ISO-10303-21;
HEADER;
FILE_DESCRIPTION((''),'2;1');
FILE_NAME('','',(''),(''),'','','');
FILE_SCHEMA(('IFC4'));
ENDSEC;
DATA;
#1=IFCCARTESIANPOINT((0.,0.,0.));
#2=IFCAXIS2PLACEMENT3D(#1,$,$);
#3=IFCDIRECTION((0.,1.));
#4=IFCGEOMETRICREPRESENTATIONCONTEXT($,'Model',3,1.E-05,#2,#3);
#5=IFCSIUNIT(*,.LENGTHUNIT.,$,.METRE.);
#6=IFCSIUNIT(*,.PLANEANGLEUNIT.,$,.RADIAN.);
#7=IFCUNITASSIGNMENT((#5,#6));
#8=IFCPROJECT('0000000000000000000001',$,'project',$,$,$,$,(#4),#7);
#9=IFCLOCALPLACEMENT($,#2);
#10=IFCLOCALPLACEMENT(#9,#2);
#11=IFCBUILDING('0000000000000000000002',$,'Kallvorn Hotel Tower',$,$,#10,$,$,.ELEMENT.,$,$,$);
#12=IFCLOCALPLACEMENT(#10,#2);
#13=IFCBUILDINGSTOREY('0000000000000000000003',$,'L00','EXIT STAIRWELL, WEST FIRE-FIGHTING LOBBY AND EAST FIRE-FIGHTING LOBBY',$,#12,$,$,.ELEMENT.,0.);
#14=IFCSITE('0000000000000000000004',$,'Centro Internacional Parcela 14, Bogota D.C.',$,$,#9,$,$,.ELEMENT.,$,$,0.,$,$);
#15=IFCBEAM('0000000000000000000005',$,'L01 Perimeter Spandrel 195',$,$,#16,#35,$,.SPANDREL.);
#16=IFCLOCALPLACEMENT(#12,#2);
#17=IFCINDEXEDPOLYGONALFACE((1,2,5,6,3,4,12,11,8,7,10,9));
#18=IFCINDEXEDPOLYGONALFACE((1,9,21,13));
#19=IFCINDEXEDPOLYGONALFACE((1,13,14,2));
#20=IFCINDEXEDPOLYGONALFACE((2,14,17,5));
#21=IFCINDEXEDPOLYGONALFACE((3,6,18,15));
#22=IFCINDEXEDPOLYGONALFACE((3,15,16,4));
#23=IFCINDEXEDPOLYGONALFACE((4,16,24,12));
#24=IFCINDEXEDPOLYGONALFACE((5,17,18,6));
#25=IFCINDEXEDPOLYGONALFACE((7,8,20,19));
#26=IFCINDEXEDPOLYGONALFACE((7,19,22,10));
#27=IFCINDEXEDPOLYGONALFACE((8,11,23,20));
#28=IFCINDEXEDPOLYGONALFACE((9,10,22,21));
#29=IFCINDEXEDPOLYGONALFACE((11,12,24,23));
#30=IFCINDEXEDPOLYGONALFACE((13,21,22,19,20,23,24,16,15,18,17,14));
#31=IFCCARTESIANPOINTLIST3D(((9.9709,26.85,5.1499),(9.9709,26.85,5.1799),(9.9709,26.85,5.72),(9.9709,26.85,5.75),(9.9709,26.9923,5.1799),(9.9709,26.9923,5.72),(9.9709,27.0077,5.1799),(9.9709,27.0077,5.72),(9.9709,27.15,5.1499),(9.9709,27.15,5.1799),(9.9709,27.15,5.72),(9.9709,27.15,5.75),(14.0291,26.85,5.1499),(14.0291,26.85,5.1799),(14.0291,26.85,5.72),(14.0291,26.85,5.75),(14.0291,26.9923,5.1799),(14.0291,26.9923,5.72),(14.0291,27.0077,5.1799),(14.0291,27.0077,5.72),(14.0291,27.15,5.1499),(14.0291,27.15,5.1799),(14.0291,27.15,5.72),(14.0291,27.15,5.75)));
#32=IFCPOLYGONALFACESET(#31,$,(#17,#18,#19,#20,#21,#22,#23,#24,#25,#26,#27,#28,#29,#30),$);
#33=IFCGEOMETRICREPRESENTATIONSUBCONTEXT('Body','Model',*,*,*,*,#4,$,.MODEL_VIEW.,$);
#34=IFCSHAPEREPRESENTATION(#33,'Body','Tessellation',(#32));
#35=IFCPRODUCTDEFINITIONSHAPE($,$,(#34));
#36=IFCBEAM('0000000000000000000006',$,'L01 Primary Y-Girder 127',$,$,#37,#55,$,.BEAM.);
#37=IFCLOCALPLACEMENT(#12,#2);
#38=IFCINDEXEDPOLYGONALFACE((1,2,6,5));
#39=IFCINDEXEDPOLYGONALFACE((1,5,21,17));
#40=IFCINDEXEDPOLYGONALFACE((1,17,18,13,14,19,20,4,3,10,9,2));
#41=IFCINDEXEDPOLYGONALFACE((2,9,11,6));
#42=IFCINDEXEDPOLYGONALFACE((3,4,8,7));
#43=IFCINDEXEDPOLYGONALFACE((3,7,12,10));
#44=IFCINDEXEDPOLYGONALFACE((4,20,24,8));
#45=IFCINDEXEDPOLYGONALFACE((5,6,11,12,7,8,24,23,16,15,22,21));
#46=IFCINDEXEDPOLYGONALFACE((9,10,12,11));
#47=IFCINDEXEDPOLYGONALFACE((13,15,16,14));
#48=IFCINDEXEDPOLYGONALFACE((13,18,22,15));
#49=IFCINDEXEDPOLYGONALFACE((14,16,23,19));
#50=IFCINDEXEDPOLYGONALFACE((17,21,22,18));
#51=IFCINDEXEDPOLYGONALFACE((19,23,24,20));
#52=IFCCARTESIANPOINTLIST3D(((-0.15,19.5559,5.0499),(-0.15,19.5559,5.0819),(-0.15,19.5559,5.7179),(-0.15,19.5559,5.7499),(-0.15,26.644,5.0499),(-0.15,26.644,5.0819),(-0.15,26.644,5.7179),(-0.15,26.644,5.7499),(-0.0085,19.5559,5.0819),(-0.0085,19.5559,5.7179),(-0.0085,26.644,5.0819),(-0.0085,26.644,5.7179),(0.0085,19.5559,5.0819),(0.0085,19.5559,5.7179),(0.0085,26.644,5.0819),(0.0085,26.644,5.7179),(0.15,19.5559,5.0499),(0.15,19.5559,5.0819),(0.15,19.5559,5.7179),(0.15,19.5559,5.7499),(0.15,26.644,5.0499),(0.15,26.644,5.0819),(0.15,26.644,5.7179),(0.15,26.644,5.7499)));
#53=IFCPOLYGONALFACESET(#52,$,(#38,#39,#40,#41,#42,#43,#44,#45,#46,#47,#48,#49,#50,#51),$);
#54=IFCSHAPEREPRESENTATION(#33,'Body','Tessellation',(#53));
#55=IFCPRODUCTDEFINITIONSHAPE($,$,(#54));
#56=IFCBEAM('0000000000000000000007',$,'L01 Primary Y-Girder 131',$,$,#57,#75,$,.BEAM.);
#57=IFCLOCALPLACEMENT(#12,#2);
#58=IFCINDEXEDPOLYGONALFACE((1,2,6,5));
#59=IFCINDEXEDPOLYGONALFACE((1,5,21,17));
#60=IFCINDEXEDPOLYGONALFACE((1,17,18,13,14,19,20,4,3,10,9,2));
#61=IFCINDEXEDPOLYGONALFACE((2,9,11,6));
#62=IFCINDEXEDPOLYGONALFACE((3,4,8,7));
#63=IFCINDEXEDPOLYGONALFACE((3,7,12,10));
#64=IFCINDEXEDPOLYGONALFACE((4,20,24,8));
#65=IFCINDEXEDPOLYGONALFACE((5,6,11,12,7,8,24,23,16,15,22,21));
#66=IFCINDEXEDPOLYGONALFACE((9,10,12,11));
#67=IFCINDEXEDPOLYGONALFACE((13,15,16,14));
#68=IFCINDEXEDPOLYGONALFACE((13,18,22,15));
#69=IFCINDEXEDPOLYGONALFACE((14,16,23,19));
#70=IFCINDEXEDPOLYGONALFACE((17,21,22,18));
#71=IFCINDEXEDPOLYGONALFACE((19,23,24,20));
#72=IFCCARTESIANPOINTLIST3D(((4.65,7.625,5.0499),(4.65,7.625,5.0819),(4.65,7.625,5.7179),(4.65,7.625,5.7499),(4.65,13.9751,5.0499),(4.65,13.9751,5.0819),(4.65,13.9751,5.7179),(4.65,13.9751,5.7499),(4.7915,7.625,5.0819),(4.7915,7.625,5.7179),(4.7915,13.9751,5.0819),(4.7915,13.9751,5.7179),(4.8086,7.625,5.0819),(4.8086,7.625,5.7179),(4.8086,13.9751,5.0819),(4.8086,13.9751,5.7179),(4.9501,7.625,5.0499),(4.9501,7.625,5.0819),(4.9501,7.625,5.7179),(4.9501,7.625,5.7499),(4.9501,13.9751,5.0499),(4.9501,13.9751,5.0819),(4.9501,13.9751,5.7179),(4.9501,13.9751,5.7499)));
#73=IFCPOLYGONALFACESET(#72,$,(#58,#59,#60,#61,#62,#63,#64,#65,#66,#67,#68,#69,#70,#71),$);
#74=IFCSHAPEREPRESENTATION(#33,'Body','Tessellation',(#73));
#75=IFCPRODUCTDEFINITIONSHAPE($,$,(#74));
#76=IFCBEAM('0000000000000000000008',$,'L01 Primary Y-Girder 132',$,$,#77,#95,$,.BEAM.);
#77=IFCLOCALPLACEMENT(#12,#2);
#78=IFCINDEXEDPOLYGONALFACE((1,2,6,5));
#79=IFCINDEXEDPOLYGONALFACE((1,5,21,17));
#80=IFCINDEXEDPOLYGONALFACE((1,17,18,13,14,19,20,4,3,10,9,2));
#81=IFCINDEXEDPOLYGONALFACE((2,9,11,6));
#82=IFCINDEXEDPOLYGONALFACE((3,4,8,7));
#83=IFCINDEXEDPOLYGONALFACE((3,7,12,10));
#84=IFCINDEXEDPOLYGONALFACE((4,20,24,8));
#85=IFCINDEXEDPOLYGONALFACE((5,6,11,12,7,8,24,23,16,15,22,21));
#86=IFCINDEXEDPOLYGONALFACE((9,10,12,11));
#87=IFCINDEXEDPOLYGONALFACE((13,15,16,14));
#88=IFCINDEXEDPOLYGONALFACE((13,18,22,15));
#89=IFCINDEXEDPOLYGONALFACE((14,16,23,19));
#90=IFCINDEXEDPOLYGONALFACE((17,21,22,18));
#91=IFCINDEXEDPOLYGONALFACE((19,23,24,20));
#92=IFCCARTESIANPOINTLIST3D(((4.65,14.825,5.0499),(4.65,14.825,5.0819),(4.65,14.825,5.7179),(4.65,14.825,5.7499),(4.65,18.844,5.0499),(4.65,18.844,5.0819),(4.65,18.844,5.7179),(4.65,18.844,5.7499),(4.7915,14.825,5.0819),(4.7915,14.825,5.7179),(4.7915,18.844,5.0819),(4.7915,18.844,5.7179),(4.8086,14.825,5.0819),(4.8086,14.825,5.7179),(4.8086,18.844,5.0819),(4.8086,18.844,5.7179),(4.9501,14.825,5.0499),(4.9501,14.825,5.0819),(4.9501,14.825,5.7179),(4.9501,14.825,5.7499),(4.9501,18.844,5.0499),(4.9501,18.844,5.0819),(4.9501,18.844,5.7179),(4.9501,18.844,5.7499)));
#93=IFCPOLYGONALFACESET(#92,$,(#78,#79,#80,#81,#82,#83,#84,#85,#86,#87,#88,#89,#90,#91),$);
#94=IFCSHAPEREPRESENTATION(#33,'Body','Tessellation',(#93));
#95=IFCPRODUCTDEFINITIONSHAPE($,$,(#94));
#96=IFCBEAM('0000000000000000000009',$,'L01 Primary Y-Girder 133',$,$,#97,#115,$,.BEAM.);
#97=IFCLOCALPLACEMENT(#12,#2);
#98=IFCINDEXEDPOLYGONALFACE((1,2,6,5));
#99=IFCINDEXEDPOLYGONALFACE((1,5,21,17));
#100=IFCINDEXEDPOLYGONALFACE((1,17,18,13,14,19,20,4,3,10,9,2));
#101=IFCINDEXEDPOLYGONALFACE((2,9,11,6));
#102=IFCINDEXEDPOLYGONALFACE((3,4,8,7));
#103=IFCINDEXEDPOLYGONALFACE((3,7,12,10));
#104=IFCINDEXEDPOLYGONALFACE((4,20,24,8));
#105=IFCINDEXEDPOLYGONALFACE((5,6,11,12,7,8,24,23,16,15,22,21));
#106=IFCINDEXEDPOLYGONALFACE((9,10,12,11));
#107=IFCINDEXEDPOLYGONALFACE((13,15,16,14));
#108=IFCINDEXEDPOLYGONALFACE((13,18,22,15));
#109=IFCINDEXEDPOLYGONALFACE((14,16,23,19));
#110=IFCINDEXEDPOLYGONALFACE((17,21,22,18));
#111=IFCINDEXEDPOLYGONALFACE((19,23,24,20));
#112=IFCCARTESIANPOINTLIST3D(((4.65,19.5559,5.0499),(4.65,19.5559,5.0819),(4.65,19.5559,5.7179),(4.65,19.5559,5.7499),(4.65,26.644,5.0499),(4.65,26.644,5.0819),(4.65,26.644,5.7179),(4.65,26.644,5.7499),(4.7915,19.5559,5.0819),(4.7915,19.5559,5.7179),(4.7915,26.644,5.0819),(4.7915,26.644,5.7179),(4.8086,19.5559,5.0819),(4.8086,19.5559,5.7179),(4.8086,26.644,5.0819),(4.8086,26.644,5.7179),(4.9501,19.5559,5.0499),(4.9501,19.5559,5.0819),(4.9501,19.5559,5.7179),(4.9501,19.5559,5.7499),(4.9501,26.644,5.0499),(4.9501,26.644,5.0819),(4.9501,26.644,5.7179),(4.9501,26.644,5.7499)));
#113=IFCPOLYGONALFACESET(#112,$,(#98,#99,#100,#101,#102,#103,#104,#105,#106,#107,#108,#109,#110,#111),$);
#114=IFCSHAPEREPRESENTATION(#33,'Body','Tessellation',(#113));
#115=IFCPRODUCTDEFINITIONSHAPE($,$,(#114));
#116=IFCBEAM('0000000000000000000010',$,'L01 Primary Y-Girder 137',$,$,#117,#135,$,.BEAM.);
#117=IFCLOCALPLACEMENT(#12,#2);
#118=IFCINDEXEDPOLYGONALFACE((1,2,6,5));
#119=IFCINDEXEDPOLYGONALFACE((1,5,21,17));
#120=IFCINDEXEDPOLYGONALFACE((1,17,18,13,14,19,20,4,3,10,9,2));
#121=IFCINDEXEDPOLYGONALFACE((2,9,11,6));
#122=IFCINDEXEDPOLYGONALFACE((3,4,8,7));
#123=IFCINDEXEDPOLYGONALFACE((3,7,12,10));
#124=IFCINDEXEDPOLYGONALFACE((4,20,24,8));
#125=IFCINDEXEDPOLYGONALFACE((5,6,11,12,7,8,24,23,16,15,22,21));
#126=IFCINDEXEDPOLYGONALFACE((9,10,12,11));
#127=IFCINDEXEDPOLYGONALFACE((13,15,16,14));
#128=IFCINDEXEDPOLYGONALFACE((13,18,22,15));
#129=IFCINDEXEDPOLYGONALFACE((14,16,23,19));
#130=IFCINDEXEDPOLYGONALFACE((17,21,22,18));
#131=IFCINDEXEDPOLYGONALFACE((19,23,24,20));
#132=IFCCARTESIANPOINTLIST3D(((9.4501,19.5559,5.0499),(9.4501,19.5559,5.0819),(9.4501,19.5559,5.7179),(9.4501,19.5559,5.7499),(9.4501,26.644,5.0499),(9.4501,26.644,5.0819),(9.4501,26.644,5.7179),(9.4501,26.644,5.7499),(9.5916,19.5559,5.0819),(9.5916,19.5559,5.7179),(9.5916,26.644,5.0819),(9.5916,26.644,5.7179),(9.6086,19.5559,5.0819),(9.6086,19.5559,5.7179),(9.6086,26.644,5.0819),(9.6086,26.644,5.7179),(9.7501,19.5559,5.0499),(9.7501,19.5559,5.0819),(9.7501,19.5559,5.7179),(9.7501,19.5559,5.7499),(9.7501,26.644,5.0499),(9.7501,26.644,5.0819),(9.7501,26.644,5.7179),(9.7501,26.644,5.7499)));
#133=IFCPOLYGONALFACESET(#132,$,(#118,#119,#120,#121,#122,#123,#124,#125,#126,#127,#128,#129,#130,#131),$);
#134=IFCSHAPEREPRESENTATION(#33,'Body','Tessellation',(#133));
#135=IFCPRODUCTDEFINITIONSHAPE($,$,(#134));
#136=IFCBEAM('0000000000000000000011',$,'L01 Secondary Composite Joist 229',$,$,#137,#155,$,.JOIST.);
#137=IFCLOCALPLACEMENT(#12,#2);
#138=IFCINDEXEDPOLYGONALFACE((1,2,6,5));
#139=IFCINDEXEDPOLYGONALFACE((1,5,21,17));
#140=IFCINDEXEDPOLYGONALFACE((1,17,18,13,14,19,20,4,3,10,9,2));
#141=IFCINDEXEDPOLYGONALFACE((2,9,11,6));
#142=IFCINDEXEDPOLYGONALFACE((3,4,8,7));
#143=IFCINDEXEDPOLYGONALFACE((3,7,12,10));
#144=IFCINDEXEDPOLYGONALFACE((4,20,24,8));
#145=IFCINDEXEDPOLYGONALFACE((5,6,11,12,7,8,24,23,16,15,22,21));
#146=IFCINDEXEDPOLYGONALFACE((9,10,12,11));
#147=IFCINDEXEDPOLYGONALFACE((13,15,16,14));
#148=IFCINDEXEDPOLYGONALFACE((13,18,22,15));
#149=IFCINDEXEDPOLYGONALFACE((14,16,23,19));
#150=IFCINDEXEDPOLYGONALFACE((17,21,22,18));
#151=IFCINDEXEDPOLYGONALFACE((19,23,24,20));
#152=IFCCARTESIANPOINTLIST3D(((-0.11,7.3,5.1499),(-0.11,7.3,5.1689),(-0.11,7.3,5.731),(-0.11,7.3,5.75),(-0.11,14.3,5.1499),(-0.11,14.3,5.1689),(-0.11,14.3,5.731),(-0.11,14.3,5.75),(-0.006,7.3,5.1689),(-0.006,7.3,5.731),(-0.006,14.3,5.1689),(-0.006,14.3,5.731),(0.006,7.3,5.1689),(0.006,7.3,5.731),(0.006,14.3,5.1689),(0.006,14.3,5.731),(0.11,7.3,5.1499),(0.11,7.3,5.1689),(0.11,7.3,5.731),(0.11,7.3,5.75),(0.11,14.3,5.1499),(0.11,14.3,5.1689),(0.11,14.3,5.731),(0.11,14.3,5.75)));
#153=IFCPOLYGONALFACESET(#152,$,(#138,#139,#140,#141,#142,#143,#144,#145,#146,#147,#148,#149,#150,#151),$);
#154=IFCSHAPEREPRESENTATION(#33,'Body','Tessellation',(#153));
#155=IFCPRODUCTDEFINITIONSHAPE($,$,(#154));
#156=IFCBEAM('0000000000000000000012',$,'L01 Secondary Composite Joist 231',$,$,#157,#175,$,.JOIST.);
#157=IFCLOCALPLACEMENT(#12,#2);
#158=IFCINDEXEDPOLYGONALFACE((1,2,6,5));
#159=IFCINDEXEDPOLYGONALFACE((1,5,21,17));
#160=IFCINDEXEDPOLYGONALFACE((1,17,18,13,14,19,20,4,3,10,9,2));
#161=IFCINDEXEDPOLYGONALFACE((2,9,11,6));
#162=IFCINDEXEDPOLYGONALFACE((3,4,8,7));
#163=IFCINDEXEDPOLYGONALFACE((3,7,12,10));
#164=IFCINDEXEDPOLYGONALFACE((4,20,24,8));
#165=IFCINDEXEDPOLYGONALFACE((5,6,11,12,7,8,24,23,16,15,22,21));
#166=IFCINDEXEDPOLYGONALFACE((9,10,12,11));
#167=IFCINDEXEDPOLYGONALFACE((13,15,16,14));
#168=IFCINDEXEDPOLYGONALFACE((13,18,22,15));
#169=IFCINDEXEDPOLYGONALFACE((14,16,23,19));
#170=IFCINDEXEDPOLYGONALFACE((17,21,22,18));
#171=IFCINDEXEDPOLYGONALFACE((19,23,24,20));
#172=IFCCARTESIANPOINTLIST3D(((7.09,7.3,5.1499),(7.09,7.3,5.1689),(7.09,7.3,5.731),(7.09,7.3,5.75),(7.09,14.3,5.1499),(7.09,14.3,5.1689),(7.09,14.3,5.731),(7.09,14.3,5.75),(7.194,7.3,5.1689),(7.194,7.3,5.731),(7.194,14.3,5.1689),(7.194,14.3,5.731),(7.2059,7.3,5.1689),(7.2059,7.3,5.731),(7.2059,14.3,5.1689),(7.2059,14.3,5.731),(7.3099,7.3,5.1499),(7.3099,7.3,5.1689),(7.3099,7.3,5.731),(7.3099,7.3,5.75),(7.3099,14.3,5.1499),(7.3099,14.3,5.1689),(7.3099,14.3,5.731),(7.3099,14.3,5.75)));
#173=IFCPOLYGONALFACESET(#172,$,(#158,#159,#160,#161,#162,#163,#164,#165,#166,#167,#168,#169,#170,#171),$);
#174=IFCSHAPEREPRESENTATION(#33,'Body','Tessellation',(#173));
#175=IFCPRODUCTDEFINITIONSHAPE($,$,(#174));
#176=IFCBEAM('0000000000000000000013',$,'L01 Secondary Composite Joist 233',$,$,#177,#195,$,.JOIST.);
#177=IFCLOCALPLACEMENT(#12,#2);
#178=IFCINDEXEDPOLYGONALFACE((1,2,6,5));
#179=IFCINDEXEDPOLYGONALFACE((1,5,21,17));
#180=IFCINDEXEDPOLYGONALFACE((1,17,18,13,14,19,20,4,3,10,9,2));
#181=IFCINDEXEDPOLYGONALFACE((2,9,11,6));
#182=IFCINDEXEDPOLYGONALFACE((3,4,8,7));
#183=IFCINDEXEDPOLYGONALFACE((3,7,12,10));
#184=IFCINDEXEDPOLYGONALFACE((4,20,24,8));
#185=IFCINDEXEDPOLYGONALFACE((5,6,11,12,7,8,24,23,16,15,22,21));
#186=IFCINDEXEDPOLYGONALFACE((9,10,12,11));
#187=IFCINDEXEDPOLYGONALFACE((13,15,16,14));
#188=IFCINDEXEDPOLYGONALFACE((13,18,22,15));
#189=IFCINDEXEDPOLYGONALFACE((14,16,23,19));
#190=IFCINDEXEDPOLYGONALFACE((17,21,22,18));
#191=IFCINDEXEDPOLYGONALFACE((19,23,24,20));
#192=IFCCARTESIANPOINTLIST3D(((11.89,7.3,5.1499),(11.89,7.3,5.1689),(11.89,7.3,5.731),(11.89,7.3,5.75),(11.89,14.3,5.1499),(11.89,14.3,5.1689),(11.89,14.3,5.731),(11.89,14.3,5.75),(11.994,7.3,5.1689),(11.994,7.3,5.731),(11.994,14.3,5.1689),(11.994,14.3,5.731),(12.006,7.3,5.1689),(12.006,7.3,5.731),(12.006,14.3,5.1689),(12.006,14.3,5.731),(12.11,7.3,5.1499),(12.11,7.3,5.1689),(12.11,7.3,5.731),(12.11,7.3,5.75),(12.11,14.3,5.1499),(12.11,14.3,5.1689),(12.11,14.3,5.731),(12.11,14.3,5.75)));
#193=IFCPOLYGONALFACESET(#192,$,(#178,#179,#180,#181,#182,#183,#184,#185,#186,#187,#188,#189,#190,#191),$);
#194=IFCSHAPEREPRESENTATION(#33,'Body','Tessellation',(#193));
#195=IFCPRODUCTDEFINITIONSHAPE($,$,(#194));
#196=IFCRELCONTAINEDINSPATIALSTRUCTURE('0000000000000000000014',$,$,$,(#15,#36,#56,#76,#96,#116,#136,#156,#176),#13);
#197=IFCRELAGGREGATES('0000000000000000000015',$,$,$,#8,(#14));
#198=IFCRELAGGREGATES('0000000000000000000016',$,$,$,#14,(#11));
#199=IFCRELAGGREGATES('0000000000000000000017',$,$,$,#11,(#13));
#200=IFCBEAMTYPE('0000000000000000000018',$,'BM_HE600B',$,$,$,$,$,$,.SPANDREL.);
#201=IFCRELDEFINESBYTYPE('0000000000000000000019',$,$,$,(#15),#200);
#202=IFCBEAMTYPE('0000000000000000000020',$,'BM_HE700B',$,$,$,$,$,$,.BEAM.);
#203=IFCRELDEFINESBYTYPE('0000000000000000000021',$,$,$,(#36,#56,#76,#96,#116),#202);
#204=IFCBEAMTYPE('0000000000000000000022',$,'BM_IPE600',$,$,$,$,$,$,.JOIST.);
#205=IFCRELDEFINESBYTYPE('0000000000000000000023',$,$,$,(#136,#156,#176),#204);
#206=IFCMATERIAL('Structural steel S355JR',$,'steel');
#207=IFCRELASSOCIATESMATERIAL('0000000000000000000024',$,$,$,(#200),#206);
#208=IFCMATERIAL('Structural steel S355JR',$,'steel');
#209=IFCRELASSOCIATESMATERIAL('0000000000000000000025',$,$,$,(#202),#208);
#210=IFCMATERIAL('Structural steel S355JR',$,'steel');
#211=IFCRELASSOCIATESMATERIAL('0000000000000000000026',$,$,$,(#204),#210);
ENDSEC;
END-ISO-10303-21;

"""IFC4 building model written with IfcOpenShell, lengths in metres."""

from ifc_helpers import new_model, si_unit, direction, frame, origin, origin_2d, place, context, subcontext, project, spatial, i_section, extrude, material, material_profile, profile_set, type_object, element, save


model = new_model("IFC4")

# Units and contexts
model_context = context("Model", 3, precision=1e-05, world=origin(), true_north=direction((0.0, 1.0)))
body_context = subcontext(model_context, "Body", "Model", "MODEL_VIEW")
ifc_project = project(units=[si_unit("LENGTHUNIT", "METRE"), si_unit("PLANEANGLEUNIT", "RADIAN")], contexts=[model_context])

# Site, building, storey
site_placement = place(None, origin())
site = spatial("IfcSite", under=ifc_project, at=site_placement, Name="Centro Internacional Parcela 14, Bogota D.C.", CompositionType="ELEMENT", RefElevation=0.0)
building_placement = place(site_placement, origin())
building = spatial("IfcBuilding", under=site, at=building_placement, Name="Kallvorn Hotel Tower", CompositionType="ELEMENT")
storey_placement = place(building_placement, origin())
storey = spatial("IfcBuildingStorey", under=building, at=storey_placement, Name="L00", Description="EXIT STAIRWELL, WEST FIRE-FIGHTING LOBBY AND EAST FIRE-FIGHTING LOBBY", CompositionType="ELEMENT", Elevation=0.0)

# Beams
ifc_material_1 = material(Name="Structural steel S355JR", Category="steel")
ifc_material_profile_1 = material_profile(ifc_material_1, i_section(OverallWidth=0.3, OverallDepth=0.6001, WebThickness=0.0154, FlangeThickness=0.03, at=origin_2d()), Name="HE 600 B")
ifc_profile_set_1 = profile_set([ifc_material_profile_1], Name="Structural steel S355JR")
beam_type_1 = type_object("IfcBeamType", Name="BM_HE600B", PredefinedType="SPANDREL", material=ifc_profile_set_1)
for number, where, z_axis, x_axis, name in (
    (1, (9.9709, 27.0, 5.45), (1.0, 0.0, 0.0), (0.0, 1.0, 0.0), "L01 Perimeter Spandrel 195"),
):
    element("IfcBeam", number, at=place(storey_placement, frame(where, z_axis=z_axis, x_axis=x_axis)), inside=storey, type_object=beam_type_1, Name=name, PredefinedType="SPANDREL", context=body_context, shape_type="SweptSolid", body=[
        extrude(i_section(OverallWidth=0.3, OverallDepth=0.6001, WebThickness=0.0154, FlangeThickness=0.03, at=origin_2d()), origin(), (0.0, 0.0, 1.0), 4.0581),
    ])
ifc_material_2 = material(Name="Structural steel S355JR", Category="steel")
ifc_material_profile_2 = material_profile(ifc_material_2, i_section(OverallWidth=0.3, OverallDepth=0.7, WebThickness=0.0171, FlangeThickness=0.032, at=origin_2d()), Name="HE 700 B")
ifc_profile_set_2 = profile_set([ifc_material_profile_2], Name="Structural steel S355JR")
beam_type_2 = type_object("IfcBeamType", Name="BM_HE700B", PredefinedType="BEAM", material=ifc_profile_set_2)
beam_1_placement = place(storey_placement, frame((0.0, 19.5559, 5.3999), z_axis=(0.0, 1.0, 0.0), x_axis=(-1.0, 0.0, 0.0)))
element("IfcBeam", 2, at=beam_1_placement, inside=storey, type_object=beam_type_2, Name="L01 Primary Y-Girder 127", PredefinedType="BEAM", context=body_context, shape_type="SweptSolid", body=[
    extrude(i_section(OverallWidth=0.3, OverallDepth=0.7, WebThickness=0.0171, FlangeThickness=0.032, at=origin_2d()), origin(), (0.0, 0.0, 1.0), 7.0881),
])
beam_2_placement = place(storey_placement, frame((4.8, 7.625, 5.3999), z_axis=(0.0, 1.0, 0.0), x_axis=(-1.0, 0.0, 0.0)))
element("IfcBeam", 3, at=beam_2_placement, inside=storey, type_object=beam_type_2, Name="L01 Primary Y-Girder 131", PredefinedType="BEAM", context=body_context, shape_type="SweptSolid", body=[
    extrude(i_section(OverallWidth=0.3, OverallDepth=0.7, WebThickness=0.0171, FlangeThickness=0.032, at=origin_2d()), origin(), (0.0, 0.0, 1.0), 6.3501),
])
beam_3_placement = place(storey_placement, frame((4.8, 14.825, 5.3999), z_axis=(0.0, 1.0, 0.0), x_axis=(-1.0, 0.0, 0.0)))
element("IfcBeam", 4, at=beam_3_placement, inside=storey, type_object=beam_type_2, Name="L01 Primary Y-Girder 132", PredefinedType="BEAM", context=body_context, shape_type="SweptSolid", body=[
    extrude(i_section(OverallWidth=0.3, OverallDepth=0.7, WebThickness=0.0171, FlangeThickness=0.032, at=origin_2d()), origin(), (0.0, 0.0, 1.0), 4.019),
])
for number, where, z_axis, x_axis, name in (
    (5, (4.8, 19.5559, 5.3999), (0.0, 1.0, 0.0), (-1.0, 0.0, 0.0), "L01 Primary Y-Girder 133"),
    (6, (9.6001, 19.5559, 5.3999), (0.0, 1.0, 0.0), (-1.0, 0.0, 0.0), "L01 Primary Y-Girder 137"),
):
    element("IfcBeam", number, at=place(storey_placement, frame(where, z_axis=z_axis, x_axis=x_axis)), inside=storey, type_object=beam_type_2, Name=name, PredefinedType="BEAM", context=body_context, shape_type="SweptSolid", body=[
        extrude(i_section(OverallWidth=0.3, OverallDepth=0.7, WebThickness=0.0171, FlangeThickness=0.032, at=origin_2d()), origin(), (0.0, 0.0, 1.0), 7.0881),
    ])
ifc_material_3 = material(Name="Structural steel S355JR", Category="steel")
ifc_material_profile_3 = material_profile(ifc_material_3, i_section(OverallWidth=0.22, OverallDepth=0.6001, WebThickness=0.012, FlangeThickness=0.019, at=origin_2d()), Name="IPE 600")
ifc_profile_set_3 = profile_set([ifc_material_profile_3], Name="Structural steel S355JR")
beam_type_3 = type_object("IfcBeamType", Name="BM_IPE600", PredefinedType="JOIST", material=ifc_profile_set_3)
for number, where, z_axis, x_axis, name in (
    (7, (0.0, 7.3, 5.45), (0.0, 1.0, 0.0), (-1.0, 0.0, 0.0), "L01 Secondary Composite Joist 229"),
    (8, (7.2, 7.3, 5.45), (0.0, 1.0, 0.0), (-1.0, 0.0, 0.0), "L01 Secondary Composite Joist 231"),
    (9, (12.0, 7.3, 5.45), (0.0, 1.0, 0.0), (-1.0, 0.0, 0.0), "L01 Secondary Composite Joist 233"),
):
    element("IfcBeam", number, at=place(storey_placement, frame(where, z_axis=z_axis, x_axis=x_axis)), inside=storey, type_object=beam_type_3, Name=name, PredefinedType="JOIST", context=body_context, shape_type="SweptSolid", body=[
        extrude(i_section(OverallWidth=0.22, OverallDepth=0.6001, WebThickness=0.012, FlangeThickness=0.019, at=origin_2d()), origin(), (0.0, 0.0, 1.0), 7.0),
    ])

save(model, "model.ifc")
